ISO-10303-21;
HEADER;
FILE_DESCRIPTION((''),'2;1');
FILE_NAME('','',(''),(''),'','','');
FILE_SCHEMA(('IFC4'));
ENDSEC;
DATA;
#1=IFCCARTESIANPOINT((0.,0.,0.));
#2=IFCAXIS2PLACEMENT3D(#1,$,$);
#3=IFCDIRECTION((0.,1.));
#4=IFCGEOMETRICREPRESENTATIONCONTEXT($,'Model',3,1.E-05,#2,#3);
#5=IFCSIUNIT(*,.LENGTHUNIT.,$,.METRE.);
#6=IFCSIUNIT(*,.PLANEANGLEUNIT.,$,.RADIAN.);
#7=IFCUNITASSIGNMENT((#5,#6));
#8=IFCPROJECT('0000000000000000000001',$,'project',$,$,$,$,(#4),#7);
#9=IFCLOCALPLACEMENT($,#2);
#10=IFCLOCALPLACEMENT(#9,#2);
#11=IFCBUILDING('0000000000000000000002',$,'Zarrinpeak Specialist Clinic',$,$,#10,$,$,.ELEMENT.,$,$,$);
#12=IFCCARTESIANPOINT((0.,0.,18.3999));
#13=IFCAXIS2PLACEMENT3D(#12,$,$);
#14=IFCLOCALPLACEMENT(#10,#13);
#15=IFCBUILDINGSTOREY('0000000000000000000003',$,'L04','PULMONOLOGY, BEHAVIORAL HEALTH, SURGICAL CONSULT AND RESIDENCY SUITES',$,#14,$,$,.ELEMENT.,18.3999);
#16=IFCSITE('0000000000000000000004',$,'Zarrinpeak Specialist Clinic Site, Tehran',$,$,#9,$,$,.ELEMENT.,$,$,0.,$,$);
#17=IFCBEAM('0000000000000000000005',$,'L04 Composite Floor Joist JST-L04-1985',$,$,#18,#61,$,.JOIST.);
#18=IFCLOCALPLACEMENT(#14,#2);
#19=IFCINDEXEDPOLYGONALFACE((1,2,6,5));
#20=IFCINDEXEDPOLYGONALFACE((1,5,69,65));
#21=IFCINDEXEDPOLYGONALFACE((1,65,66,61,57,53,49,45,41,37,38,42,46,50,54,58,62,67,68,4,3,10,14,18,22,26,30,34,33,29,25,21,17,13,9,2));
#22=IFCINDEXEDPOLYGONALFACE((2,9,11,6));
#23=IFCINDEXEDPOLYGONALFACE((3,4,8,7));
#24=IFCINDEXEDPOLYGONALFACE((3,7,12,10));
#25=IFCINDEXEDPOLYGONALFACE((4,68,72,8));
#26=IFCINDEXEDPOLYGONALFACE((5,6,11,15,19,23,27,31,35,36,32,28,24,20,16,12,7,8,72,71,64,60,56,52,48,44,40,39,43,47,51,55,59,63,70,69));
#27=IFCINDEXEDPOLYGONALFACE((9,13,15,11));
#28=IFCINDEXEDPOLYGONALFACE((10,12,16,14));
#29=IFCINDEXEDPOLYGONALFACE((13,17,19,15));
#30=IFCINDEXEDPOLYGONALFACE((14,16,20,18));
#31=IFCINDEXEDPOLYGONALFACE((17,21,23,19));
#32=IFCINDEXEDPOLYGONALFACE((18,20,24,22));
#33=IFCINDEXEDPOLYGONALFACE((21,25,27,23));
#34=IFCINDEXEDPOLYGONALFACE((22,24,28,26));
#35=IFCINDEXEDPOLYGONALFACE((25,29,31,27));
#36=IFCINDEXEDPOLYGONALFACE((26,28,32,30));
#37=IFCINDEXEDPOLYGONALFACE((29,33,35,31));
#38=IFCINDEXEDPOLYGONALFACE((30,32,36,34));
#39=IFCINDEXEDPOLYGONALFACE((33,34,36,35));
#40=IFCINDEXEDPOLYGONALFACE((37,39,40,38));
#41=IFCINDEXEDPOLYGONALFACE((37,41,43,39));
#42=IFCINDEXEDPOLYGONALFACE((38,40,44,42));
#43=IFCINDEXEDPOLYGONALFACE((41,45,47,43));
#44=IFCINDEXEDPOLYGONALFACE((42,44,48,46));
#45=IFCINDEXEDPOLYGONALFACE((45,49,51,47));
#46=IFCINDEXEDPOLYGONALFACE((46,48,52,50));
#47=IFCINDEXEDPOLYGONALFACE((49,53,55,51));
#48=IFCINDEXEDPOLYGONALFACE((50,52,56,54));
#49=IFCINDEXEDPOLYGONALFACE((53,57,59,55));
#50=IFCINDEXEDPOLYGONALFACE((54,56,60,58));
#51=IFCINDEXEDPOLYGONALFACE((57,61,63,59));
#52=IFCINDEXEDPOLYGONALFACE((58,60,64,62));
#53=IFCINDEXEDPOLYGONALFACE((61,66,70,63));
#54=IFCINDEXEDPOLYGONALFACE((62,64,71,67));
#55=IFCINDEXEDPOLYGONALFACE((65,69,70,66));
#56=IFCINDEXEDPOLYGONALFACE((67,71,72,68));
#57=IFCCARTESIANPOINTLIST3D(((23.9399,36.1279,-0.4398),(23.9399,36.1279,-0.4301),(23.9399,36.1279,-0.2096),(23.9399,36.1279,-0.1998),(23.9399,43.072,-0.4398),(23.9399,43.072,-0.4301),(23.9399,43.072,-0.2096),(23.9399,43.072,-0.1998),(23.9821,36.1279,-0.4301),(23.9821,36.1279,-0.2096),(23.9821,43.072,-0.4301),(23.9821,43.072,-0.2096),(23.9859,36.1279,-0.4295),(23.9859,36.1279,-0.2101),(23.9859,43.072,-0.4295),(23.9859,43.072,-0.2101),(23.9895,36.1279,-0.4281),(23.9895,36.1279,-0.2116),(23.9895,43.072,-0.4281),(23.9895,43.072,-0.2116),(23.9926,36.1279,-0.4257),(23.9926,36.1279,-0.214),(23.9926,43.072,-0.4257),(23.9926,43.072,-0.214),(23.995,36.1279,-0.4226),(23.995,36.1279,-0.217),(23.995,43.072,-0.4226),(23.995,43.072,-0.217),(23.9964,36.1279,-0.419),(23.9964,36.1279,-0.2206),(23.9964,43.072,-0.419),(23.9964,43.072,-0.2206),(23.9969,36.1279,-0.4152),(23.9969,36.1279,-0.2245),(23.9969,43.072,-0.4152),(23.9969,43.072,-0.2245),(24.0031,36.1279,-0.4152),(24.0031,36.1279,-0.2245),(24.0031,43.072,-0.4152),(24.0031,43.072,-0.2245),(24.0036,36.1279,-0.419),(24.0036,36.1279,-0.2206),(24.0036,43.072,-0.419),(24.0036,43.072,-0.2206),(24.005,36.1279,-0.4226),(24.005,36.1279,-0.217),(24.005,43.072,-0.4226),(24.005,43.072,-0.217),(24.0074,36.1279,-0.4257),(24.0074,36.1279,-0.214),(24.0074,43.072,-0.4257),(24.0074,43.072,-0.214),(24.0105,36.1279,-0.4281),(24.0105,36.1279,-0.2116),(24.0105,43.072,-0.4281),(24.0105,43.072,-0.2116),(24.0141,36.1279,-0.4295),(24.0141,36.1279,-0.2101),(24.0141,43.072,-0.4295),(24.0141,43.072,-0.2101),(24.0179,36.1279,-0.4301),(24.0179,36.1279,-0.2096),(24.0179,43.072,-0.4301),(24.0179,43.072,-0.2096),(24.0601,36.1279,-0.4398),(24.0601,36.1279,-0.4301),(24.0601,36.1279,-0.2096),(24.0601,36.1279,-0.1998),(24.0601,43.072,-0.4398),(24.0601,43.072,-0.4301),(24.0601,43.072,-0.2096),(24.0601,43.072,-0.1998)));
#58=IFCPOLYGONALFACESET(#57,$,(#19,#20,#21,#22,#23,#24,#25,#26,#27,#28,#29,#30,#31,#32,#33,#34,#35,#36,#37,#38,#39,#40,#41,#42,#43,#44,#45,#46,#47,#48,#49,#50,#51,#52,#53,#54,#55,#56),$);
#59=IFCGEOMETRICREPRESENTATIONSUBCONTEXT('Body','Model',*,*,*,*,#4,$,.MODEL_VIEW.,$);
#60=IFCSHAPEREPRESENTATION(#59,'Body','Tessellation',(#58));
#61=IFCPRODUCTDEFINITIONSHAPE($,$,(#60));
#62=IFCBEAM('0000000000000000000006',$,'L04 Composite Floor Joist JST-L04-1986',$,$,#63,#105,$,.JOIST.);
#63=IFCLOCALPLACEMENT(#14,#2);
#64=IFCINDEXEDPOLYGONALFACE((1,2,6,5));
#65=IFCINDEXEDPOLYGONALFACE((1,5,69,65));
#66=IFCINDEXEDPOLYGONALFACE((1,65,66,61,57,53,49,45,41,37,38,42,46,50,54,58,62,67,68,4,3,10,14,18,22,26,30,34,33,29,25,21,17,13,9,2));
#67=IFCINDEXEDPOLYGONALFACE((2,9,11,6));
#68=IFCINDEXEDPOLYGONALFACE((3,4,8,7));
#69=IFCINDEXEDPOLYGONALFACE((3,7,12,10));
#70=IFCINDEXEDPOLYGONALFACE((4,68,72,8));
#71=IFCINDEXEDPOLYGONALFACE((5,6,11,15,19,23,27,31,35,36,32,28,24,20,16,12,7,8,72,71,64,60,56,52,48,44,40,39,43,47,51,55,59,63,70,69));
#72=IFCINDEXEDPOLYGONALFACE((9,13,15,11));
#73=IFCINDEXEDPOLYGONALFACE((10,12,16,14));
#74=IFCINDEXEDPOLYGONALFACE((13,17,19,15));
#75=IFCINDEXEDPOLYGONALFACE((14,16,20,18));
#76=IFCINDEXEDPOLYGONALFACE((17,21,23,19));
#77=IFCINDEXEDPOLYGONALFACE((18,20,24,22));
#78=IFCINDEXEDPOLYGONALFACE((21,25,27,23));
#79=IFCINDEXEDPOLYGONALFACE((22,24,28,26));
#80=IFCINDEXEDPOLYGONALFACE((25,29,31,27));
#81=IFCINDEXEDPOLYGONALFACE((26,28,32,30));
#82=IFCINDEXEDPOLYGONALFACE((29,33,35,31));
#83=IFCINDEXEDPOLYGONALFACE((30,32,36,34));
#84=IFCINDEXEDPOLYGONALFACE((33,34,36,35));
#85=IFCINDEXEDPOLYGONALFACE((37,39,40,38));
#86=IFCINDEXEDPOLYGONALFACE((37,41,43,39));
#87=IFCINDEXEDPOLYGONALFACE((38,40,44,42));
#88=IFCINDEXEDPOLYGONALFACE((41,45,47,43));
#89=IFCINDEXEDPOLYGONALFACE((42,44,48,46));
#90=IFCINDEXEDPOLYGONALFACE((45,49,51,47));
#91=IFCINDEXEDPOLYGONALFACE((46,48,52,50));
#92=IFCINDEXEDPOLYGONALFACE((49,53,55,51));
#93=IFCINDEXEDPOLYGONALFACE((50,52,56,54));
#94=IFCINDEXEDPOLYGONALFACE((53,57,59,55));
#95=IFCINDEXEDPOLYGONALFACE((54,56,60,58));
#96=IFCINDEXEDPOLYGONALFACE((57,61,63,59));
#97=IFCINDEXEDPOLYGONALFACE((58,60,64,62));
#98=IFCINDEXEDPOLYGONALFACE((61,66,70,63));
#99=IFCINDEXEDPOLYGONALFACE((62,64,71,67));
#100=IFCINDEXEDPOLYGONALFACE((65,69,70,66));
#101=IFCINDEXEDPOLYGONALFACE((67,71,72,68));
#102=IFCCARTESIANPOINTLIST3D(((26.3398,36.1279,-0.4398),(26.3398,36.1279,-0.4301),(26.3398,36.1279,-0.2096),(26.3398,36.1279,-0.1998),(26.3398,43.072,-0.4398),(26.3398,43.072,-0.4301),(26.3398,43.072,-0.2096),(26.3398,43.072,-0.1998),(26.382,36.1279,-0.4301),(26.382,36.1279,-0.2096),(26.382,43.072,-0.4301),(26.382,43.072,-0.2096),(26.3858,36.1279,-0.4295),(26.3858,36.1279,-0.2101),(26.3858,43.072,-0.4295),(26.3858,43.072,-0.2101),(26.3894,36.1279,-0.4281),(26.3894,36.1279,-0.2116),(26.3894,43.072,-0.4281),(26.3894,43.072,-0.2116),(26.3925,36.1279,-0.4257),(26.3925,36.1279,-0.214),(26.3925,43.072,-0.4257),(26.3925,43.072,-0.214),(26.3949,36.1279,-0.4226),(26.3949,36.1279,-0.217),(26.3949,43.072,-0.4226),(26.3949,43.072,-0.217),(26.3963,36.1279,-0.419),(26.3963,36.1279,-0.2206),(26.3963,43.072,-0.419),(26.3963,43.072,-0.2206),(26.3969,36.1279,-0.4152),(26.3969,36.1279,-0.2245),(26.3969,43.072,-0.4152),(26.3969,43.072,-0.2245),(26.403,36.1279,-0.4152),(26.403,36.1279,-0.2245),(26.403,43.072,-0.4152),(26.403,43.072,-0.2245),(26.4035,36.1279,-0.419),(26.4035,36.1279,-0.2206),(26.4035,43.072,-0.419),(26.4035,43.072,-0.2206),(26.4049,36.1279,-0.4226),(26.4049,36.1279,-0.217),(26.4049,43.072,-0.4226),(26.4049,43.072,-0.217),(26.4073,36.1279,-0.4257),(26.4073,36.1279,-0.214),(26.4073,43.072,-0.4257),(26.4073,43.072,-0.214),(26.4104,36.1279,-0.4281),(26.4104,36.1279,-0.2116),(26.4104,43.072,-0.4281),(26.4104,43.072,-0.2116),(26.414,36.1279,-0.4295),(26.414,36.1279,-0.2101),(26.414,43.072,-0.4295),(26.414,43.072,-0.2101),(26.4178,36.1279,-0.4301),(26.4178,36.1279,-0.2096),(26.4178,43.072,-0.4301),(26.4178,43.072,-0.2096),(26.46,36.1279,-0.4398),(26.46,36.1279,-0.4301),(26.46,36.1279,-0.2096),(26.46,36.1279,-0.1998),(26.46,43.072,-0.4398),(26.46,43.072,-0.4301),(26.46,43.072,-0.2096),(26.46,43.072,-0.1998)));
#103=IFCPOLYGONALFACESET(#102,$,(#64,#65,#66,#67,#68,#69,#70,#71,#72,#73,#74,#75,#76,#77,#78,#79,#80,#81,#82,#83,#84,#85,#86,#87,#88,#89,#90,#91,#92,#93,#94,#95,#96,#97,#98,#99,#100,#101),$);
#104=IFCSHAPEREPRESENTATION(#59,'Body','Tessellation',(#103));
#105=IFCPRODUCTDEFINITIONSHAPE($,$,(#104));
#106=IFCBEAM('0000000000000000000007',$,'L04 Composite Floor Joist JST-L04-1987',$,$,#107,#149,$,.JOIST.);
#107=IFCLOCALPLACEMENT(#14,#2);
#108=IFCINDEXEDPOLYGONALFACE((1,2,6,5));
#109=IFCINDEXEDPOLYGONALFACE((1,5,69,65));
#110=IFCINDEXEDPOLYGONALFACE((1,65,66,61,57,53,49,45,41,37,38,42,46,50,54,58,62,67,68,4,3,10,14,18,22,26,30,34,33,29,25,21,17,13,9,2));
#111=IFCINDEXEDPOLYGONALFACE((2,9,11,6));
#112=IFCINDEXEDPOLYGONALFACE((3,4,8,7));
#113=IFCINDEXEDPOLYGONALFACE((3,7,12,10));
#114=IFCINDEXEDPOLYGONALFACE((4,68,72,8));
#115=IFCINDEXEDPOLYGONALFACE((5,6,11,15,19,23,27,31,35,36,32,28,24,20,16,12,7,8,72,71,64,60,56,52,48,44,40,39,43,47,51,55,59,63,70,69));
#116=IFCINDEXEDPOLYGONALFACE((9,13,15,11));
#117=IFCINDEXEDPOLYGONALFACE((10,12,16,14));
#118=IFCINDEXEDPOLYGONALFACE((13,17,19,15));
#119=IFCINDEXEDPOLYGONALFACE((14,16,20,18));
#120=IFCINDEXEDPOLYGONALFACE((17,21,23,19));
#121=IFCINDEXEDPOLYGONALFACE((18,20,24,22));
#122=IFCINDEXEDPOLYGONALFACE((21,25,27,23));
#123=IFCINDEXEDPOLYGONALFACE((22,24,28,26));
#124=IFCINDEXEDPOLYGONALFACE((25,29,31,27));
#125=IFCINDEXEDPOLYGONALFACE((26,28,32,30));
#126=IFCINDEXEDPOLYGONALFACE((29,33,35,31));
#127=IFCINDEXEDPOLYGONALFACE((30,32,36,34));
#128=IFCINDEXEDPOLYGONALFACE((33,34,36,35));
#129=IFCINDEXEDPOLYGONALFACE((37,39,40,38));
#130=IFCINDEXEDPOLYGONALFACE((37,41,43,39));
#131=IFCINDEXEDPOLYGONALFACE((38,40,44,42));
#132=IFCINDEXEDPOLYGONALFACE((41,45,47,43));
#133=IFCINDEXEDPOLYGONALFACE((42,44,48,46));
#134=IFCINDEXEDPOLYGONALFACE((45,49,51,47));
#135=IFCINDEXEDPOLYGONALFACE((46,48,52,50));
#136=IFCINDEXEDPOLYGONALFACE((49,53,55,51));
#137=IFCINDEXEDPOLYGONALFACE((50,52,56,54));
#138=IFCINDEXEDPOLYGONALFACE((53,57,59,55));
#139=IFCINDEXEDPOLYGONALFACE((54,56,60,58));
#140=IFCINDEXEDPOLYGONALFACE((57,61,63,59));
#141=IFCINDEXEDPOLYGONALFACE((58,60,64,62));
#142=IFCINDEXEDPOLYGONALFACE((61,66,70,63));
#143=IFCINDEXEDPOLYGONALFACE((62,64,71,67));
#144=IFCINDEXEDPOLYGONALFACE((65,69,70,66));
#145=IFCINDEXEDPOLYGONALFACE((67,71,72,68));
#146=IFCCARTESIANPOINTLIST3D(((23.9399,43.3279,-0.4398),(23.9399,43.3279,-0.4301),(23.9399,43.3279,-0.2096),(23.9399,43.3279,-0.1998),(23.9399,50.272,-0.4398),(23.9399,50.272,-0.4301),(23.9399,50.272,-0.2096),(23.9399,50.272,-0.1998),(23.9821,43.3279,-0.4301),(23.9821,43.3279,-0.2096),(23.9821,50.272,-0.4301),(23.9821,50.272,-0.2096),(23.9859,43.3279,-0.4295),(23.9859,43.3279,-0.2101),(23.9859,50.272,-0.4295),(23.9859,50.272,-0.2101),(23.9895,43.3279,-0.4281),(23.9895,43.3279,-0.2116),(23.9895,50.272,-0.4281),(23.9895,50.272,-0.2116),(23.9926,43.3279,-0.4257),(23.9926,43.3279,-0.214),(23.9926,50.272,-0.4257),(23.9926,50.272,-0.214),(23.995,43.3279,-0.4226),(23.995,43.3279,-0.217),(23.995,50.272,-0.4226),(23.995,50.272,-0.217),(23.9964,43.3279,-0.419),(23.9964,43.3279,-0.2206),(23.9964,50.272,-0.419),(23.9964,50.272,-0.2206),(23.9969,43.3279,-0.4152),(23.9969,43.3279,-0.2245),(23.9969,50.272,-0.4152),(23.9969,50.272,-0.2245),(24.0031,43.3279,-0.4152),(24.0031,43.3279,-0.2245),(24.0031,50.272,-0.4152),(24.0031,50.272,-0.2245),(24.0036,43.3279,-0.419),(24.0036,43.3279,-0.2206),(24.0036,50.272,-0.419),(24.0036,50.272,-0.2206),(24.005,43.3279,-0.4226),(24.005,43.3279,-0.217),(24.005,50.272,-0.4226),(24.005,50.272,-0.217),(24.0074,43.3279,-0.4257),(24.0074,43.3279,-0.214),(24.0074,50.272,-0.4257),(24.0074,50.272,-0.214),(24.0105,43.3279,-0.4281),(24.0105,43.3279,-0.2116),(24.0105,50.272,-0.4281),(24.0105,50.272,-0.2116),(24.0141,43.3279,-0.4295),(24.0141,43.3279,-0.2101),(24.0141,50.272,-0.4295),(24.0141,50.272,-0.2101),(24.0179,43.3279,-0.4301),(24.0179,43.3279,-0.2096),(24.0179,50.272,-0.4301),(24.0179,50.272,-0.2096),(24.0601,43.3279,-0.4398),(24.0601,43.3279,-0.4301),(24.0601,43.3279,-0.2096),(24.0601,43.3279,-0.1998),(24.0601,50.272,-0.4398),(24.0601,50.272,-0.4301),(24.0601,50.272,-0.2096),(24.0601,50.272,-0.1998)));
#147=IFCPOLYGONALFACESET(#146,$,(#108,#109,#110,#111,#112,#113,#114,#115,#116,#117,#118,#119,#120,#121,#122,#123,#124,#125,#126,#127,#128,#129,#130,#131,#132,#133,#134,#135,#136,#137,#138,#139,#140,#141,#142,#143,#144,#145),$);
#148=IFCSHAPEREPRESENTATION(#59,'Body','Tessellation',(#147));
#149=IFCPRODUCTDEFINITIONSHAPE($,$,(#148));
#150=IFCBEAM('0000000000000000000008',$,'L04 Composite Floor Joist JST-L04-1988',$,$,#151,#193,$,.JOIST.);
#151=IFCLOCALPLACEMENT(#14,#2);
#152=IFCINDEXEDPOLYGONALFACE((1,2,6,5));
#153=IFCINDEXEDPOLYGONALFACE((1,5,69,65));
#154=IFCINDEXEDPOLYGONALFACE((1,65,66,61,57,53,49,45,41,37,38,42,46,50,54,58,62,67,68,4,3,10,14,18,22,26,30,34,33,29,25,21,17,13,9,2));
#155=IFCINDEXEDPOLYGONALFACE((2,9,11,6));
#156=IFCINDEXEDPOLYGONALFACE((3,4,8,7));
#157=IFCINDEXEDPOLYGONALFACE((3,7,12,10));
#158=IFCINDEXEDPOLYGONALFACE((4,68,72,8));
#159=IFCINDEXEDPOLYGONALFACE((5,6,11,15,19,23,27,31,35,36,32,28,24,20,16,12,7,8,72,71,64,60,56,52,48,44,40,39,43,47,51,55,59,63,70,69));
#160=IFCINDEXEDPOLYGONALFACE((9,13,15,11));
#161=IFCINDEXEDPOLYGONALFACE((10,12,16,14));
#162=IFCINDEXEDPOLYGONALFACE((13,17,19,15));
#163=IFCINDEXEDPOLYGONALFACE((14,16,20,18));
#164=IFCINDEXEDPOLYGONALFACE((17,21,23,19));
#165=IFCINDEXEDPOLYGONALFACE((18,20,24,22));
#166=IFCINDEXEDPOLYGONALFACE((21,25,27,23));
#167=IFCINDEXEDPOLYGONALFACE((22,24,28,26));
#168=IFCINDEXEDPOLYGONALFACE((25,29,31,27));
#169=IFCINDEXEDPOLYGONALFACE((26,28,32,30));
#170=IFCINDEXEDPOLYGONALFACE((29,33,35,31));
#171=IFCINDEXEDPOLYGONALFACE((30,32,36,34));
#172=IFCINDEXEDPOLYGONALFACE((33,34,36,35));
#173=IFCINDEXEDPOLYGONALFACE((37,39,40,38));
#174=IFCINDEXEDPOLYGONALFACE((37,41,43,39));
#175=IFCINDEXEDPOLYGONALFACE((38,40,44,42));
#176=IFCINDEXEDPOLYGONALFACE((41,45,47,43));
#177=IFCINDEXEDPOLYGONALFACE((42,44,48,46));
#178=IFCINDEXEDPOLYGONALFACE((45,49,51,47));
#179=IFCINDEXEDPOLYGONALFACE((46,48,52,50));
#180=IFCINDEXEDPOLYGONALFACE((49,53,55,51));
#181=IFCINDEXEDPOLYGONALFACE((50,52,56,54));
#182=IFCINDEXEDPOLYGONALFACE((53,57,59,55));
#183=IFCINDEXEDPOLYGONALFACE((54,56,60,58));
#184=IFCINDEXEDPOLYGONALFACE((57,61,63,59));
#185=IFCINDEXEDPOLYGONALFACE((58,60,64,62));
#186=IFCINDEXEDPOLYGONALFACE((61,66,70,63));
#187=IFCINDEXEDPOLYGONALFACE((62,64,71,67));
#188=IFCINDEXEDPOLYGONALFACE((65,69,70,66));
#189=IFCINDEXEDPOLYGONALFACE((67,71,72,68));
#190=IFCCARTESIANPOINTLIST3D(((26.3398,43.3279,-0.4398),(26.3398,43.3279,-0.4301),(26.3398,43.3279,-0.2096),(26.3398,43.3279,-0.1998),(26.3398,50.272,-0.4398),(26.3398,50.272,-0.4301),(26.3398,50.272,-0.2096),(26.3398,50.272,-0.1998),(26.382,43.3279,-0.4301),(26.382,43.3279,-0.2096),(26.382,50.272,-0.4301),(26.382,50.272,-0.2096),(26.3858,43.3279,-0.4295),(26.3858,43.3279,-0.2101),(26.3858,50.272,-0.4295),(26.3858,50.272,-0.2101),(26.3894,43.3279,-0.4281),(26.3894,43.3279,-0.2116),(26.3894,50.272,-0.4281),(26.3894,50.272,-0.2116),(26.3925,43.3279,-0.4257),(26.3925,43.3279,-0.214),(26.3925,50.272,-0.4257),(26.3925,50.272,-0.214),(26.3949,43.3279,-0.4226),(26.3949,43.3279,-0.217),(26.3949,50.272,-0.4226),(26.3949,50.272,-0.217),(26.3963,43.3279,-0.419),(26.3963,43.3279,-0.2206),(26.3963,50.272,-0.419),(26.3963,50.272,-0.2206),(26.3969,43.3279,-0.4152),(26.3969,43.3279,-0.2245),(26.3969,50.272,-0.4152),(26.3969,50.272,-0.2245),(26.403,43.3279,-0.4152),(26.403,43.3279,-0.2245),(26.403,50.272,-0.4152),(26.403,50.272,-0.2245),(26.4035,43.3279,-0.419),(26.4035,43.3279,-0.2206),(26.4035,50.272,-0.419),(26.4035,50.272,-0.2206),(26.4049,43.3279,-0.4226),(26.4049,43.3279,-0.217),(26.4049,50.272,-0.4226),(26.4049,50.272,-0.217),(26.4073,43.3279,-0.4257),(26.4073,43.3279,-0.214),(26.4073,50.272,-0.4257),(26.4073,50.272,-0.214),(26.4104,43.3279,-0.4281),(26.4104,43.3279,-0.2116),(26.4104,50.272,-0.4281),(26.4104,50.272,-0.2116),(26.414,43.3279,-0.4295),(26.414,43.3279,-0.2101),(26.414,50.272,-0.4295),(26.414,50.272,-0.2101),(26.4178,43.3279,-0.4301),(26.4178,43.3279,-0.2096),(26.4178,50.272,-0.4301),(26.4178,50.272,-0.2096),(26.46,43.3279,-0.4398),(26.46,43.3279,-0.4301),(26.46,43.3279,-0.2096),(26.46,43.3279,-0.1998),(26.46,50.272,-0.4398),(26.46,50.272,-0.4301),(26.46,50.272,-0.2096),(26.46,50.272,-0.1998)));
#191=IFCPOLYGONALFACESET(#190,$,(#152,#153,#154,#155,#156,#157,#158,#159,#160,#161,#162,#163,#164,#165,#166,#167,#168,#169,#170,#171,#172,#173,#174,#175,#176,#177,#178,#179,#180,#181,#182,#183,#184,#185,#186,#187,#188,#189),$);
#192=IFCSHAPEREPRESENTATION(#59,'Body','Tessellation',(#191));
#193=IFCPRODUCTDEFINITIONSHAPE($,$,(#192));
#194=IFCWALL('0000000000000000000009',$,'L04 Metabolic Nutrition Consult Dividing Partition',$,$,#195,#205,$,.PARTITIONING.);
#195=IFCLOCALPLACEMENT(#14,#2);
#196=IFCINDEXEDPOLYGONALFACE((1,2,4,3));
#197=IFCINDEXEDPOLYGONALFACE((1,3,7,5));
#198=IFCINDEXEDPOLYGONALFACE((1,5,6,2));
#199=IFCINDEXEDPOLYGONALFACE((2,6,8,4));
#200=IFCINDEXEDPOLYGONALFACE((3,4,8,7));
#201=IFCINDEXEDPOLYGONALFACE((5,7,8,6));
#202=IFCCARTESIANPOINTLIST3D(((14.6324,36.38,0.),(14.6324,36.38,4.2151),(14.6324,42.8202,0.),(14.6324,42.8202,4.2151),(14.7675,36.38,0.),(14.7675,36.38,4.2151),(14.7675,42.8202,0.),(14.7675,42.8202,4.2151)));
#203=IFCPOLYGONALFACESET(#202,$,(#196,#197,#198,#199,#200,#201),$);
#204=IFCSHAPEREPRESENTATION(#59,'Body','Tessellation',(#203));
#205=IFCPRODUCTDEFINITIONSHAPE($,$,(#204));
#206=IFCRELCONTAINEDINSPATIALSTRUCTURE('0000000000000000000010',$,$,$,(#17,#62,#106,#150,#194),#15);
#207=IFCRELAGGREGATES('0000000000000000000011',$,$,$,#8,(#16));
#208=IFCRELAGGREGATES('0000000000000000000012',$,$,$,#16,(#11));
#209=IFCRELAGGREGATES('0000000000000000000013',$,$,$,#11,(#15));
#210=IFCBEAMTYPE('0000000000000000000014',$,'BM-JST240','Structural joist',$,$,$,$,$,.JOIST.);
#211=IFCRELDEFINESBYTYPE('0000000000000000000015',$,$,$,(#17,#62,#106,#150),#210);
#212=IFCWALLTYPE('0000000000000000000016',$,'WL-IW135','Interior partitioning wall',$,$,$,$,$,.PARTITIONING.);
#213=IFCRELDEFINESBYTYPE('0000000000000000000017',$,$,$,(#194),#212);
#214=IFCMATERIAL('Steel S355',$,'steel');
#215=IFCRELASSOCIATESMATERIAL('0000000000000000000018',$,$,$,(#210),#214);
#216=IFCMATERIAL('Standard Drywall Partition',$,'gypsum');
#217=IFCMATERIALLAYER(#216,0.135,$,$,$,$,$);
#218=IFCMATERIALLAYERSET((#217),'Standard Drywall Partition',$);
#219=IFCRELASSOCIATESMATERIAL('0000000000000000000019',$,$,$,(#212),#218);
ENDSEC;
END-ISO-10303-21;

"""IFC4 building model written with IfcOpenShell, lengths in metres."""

from ifc_helpers import new_model, si_unit, direction, frame, frame_2d, origin, origin_2d, place, context, subcontext, project, spatial, rectangle, i_section, extrude, material, layer, layer_set, material_profile, profile_set, type_object, element, save


model = new_model("IFC4")

# Units and contexts
model_context = context("Model", 3, precision=1e-05, world=origin(), true_north=direction((0.0, 1.0)))
body_context = subcontext(model_context, "Body", "Model", "MODEL_VIEW")
ifc_project = project(units=[si_unit("LENGTHUNIT", "METRE"), si_unit("PLANEANGLEUNIT", "RADIAN")], contexts=[model_context])

# Site, building, storey
site_placement = place(None, origin())
site = spatial("IfcSite", under=ifc_project, at=site_placement, Name="Zarrinpeak Specialist Clinic Site, Tehran", CompositionType="ELEMENT", RefElevation=0.0)
building_placement = place(site_placement, origin())
building = spatial("IfcBuilding", under=site, at=building_placement, Name="Zarrinpeak Specialist Clinic", CompositionType="ELEMENT")
storey_placement = place(building_placement, frame((0.0, 0.0, 18.3999)))
storey = spatial("IfcBuildingStorey", under=building, at=storey_placement, Name="L04", Description="PULMONOLOGY, BEHAVIORAL HEALTH, SURGICAL CONSULT AND RESIDENCY SUITES", CompositionType="ELEMENT", Elevation=18.3999)

# Shared definitions
ifc_material_1 = material(Name="Steel S355", Category="steel")

# Beams
ifc_material_profile_1 = material_profile(ifc_material_1, i_section(OverallWidth=0.1201, OverallDepth=0.24, WebThickness=0.0061, FlangeThickness=0.0098, FilletRadius=0.0149, at=origin_2d()), Name="IPE 240")
ifc_profile_set_1 = profile_set([ifc_material_profile_1], Name="Steel S355")
beam_type_1 = type_object("IfcBeamType", Name="BM-JST240", Description="Structural joist", PredefinedType="JOIST", material=ifc_profile_set_1)
for number, where, z_axis, x_axis, name in (
    (1, (24.0, 36.1279, -0.3198), (0.0, 1.0, 0.0), (-1.0, 0.0, 0.0), "L04 Composite Floor Joist JST-L04-1985"),
    (2, (26.3999, 36.1279, -0.3198), (0.0, 1.0, 0.0), (-1.0, 0.0, 0.0), "L04 Composite Floor Joist JST-L04-1986"),
    (3, (24.0, 43.3279, -0.3198), (0.0, 1.0, 0.0), (-1.0, 0.0, 0.0), "L04 Composite Floor Joist JST-L04-1987"),
    (4, (26.3999, 43.3279, -0.3198), (0.0, 1.0, 0.0), (-1.0, 0.0, 0.0), "L04 Composite Floor Joist JST-L04-1988"),
):
    element("IfcBeam", number, at=place(storey_placement, frame(where, z_axis=z_axis, x_axis=x_axis)), inside=storey, type_object=beam_type_1, Name=name, PredefinedType="JOIST", context=body_context, shape_type="SweptSolid", body=[
        extrude(i_section(OverallWidth=0.1201, OverallDepth=0.24, WebThickness=0.0061, FlangeThickness=0.0098, FilletRadius=0.0149, at=origin_2d()), origin(), (0.0, 0.0, 1.0), 6.9441),
    ])

# Wall
ifc_material_2 = material(Name="Standard Drywall Partition", Category="gypsum")
ifc_layer_1 = layer(ifc_material_2, 0.135)
ifc_layer_set_1 = layer_set([ifc_layer_1], Name="Standard Drywall Partition")
wall_type_1 = type_object("IfcWallType", Name="WL-IW135", Description="Interior partitioning wall", PredefinedType="PARTITIONING", material=ifc_layer_set_1)
wall_1_placement = place(storey_placement, frame((14.7, 36.3799, 0.0), z_axis=(0.0, 0.0, 1.0), x_axis=(0.0, 1.0, 0.0)))
element("IfcWall", 5, at=wall_1_placement, inside=storey, type_object=wall_type_1, Name="L04 Metabolic Nutrition Consult Dividing Partition", PredefinedType="PARTITIONING", context=body_context, shape_type="SweptSolid", body=[
    extrude(rectangle(XDim=6.4402, YDim=0.135, at=frame_2d((3.2202, 0.0))), origin(), (0.0, 0.0, 1.0), 4.2151),
])

save(model, "model.ifc")
